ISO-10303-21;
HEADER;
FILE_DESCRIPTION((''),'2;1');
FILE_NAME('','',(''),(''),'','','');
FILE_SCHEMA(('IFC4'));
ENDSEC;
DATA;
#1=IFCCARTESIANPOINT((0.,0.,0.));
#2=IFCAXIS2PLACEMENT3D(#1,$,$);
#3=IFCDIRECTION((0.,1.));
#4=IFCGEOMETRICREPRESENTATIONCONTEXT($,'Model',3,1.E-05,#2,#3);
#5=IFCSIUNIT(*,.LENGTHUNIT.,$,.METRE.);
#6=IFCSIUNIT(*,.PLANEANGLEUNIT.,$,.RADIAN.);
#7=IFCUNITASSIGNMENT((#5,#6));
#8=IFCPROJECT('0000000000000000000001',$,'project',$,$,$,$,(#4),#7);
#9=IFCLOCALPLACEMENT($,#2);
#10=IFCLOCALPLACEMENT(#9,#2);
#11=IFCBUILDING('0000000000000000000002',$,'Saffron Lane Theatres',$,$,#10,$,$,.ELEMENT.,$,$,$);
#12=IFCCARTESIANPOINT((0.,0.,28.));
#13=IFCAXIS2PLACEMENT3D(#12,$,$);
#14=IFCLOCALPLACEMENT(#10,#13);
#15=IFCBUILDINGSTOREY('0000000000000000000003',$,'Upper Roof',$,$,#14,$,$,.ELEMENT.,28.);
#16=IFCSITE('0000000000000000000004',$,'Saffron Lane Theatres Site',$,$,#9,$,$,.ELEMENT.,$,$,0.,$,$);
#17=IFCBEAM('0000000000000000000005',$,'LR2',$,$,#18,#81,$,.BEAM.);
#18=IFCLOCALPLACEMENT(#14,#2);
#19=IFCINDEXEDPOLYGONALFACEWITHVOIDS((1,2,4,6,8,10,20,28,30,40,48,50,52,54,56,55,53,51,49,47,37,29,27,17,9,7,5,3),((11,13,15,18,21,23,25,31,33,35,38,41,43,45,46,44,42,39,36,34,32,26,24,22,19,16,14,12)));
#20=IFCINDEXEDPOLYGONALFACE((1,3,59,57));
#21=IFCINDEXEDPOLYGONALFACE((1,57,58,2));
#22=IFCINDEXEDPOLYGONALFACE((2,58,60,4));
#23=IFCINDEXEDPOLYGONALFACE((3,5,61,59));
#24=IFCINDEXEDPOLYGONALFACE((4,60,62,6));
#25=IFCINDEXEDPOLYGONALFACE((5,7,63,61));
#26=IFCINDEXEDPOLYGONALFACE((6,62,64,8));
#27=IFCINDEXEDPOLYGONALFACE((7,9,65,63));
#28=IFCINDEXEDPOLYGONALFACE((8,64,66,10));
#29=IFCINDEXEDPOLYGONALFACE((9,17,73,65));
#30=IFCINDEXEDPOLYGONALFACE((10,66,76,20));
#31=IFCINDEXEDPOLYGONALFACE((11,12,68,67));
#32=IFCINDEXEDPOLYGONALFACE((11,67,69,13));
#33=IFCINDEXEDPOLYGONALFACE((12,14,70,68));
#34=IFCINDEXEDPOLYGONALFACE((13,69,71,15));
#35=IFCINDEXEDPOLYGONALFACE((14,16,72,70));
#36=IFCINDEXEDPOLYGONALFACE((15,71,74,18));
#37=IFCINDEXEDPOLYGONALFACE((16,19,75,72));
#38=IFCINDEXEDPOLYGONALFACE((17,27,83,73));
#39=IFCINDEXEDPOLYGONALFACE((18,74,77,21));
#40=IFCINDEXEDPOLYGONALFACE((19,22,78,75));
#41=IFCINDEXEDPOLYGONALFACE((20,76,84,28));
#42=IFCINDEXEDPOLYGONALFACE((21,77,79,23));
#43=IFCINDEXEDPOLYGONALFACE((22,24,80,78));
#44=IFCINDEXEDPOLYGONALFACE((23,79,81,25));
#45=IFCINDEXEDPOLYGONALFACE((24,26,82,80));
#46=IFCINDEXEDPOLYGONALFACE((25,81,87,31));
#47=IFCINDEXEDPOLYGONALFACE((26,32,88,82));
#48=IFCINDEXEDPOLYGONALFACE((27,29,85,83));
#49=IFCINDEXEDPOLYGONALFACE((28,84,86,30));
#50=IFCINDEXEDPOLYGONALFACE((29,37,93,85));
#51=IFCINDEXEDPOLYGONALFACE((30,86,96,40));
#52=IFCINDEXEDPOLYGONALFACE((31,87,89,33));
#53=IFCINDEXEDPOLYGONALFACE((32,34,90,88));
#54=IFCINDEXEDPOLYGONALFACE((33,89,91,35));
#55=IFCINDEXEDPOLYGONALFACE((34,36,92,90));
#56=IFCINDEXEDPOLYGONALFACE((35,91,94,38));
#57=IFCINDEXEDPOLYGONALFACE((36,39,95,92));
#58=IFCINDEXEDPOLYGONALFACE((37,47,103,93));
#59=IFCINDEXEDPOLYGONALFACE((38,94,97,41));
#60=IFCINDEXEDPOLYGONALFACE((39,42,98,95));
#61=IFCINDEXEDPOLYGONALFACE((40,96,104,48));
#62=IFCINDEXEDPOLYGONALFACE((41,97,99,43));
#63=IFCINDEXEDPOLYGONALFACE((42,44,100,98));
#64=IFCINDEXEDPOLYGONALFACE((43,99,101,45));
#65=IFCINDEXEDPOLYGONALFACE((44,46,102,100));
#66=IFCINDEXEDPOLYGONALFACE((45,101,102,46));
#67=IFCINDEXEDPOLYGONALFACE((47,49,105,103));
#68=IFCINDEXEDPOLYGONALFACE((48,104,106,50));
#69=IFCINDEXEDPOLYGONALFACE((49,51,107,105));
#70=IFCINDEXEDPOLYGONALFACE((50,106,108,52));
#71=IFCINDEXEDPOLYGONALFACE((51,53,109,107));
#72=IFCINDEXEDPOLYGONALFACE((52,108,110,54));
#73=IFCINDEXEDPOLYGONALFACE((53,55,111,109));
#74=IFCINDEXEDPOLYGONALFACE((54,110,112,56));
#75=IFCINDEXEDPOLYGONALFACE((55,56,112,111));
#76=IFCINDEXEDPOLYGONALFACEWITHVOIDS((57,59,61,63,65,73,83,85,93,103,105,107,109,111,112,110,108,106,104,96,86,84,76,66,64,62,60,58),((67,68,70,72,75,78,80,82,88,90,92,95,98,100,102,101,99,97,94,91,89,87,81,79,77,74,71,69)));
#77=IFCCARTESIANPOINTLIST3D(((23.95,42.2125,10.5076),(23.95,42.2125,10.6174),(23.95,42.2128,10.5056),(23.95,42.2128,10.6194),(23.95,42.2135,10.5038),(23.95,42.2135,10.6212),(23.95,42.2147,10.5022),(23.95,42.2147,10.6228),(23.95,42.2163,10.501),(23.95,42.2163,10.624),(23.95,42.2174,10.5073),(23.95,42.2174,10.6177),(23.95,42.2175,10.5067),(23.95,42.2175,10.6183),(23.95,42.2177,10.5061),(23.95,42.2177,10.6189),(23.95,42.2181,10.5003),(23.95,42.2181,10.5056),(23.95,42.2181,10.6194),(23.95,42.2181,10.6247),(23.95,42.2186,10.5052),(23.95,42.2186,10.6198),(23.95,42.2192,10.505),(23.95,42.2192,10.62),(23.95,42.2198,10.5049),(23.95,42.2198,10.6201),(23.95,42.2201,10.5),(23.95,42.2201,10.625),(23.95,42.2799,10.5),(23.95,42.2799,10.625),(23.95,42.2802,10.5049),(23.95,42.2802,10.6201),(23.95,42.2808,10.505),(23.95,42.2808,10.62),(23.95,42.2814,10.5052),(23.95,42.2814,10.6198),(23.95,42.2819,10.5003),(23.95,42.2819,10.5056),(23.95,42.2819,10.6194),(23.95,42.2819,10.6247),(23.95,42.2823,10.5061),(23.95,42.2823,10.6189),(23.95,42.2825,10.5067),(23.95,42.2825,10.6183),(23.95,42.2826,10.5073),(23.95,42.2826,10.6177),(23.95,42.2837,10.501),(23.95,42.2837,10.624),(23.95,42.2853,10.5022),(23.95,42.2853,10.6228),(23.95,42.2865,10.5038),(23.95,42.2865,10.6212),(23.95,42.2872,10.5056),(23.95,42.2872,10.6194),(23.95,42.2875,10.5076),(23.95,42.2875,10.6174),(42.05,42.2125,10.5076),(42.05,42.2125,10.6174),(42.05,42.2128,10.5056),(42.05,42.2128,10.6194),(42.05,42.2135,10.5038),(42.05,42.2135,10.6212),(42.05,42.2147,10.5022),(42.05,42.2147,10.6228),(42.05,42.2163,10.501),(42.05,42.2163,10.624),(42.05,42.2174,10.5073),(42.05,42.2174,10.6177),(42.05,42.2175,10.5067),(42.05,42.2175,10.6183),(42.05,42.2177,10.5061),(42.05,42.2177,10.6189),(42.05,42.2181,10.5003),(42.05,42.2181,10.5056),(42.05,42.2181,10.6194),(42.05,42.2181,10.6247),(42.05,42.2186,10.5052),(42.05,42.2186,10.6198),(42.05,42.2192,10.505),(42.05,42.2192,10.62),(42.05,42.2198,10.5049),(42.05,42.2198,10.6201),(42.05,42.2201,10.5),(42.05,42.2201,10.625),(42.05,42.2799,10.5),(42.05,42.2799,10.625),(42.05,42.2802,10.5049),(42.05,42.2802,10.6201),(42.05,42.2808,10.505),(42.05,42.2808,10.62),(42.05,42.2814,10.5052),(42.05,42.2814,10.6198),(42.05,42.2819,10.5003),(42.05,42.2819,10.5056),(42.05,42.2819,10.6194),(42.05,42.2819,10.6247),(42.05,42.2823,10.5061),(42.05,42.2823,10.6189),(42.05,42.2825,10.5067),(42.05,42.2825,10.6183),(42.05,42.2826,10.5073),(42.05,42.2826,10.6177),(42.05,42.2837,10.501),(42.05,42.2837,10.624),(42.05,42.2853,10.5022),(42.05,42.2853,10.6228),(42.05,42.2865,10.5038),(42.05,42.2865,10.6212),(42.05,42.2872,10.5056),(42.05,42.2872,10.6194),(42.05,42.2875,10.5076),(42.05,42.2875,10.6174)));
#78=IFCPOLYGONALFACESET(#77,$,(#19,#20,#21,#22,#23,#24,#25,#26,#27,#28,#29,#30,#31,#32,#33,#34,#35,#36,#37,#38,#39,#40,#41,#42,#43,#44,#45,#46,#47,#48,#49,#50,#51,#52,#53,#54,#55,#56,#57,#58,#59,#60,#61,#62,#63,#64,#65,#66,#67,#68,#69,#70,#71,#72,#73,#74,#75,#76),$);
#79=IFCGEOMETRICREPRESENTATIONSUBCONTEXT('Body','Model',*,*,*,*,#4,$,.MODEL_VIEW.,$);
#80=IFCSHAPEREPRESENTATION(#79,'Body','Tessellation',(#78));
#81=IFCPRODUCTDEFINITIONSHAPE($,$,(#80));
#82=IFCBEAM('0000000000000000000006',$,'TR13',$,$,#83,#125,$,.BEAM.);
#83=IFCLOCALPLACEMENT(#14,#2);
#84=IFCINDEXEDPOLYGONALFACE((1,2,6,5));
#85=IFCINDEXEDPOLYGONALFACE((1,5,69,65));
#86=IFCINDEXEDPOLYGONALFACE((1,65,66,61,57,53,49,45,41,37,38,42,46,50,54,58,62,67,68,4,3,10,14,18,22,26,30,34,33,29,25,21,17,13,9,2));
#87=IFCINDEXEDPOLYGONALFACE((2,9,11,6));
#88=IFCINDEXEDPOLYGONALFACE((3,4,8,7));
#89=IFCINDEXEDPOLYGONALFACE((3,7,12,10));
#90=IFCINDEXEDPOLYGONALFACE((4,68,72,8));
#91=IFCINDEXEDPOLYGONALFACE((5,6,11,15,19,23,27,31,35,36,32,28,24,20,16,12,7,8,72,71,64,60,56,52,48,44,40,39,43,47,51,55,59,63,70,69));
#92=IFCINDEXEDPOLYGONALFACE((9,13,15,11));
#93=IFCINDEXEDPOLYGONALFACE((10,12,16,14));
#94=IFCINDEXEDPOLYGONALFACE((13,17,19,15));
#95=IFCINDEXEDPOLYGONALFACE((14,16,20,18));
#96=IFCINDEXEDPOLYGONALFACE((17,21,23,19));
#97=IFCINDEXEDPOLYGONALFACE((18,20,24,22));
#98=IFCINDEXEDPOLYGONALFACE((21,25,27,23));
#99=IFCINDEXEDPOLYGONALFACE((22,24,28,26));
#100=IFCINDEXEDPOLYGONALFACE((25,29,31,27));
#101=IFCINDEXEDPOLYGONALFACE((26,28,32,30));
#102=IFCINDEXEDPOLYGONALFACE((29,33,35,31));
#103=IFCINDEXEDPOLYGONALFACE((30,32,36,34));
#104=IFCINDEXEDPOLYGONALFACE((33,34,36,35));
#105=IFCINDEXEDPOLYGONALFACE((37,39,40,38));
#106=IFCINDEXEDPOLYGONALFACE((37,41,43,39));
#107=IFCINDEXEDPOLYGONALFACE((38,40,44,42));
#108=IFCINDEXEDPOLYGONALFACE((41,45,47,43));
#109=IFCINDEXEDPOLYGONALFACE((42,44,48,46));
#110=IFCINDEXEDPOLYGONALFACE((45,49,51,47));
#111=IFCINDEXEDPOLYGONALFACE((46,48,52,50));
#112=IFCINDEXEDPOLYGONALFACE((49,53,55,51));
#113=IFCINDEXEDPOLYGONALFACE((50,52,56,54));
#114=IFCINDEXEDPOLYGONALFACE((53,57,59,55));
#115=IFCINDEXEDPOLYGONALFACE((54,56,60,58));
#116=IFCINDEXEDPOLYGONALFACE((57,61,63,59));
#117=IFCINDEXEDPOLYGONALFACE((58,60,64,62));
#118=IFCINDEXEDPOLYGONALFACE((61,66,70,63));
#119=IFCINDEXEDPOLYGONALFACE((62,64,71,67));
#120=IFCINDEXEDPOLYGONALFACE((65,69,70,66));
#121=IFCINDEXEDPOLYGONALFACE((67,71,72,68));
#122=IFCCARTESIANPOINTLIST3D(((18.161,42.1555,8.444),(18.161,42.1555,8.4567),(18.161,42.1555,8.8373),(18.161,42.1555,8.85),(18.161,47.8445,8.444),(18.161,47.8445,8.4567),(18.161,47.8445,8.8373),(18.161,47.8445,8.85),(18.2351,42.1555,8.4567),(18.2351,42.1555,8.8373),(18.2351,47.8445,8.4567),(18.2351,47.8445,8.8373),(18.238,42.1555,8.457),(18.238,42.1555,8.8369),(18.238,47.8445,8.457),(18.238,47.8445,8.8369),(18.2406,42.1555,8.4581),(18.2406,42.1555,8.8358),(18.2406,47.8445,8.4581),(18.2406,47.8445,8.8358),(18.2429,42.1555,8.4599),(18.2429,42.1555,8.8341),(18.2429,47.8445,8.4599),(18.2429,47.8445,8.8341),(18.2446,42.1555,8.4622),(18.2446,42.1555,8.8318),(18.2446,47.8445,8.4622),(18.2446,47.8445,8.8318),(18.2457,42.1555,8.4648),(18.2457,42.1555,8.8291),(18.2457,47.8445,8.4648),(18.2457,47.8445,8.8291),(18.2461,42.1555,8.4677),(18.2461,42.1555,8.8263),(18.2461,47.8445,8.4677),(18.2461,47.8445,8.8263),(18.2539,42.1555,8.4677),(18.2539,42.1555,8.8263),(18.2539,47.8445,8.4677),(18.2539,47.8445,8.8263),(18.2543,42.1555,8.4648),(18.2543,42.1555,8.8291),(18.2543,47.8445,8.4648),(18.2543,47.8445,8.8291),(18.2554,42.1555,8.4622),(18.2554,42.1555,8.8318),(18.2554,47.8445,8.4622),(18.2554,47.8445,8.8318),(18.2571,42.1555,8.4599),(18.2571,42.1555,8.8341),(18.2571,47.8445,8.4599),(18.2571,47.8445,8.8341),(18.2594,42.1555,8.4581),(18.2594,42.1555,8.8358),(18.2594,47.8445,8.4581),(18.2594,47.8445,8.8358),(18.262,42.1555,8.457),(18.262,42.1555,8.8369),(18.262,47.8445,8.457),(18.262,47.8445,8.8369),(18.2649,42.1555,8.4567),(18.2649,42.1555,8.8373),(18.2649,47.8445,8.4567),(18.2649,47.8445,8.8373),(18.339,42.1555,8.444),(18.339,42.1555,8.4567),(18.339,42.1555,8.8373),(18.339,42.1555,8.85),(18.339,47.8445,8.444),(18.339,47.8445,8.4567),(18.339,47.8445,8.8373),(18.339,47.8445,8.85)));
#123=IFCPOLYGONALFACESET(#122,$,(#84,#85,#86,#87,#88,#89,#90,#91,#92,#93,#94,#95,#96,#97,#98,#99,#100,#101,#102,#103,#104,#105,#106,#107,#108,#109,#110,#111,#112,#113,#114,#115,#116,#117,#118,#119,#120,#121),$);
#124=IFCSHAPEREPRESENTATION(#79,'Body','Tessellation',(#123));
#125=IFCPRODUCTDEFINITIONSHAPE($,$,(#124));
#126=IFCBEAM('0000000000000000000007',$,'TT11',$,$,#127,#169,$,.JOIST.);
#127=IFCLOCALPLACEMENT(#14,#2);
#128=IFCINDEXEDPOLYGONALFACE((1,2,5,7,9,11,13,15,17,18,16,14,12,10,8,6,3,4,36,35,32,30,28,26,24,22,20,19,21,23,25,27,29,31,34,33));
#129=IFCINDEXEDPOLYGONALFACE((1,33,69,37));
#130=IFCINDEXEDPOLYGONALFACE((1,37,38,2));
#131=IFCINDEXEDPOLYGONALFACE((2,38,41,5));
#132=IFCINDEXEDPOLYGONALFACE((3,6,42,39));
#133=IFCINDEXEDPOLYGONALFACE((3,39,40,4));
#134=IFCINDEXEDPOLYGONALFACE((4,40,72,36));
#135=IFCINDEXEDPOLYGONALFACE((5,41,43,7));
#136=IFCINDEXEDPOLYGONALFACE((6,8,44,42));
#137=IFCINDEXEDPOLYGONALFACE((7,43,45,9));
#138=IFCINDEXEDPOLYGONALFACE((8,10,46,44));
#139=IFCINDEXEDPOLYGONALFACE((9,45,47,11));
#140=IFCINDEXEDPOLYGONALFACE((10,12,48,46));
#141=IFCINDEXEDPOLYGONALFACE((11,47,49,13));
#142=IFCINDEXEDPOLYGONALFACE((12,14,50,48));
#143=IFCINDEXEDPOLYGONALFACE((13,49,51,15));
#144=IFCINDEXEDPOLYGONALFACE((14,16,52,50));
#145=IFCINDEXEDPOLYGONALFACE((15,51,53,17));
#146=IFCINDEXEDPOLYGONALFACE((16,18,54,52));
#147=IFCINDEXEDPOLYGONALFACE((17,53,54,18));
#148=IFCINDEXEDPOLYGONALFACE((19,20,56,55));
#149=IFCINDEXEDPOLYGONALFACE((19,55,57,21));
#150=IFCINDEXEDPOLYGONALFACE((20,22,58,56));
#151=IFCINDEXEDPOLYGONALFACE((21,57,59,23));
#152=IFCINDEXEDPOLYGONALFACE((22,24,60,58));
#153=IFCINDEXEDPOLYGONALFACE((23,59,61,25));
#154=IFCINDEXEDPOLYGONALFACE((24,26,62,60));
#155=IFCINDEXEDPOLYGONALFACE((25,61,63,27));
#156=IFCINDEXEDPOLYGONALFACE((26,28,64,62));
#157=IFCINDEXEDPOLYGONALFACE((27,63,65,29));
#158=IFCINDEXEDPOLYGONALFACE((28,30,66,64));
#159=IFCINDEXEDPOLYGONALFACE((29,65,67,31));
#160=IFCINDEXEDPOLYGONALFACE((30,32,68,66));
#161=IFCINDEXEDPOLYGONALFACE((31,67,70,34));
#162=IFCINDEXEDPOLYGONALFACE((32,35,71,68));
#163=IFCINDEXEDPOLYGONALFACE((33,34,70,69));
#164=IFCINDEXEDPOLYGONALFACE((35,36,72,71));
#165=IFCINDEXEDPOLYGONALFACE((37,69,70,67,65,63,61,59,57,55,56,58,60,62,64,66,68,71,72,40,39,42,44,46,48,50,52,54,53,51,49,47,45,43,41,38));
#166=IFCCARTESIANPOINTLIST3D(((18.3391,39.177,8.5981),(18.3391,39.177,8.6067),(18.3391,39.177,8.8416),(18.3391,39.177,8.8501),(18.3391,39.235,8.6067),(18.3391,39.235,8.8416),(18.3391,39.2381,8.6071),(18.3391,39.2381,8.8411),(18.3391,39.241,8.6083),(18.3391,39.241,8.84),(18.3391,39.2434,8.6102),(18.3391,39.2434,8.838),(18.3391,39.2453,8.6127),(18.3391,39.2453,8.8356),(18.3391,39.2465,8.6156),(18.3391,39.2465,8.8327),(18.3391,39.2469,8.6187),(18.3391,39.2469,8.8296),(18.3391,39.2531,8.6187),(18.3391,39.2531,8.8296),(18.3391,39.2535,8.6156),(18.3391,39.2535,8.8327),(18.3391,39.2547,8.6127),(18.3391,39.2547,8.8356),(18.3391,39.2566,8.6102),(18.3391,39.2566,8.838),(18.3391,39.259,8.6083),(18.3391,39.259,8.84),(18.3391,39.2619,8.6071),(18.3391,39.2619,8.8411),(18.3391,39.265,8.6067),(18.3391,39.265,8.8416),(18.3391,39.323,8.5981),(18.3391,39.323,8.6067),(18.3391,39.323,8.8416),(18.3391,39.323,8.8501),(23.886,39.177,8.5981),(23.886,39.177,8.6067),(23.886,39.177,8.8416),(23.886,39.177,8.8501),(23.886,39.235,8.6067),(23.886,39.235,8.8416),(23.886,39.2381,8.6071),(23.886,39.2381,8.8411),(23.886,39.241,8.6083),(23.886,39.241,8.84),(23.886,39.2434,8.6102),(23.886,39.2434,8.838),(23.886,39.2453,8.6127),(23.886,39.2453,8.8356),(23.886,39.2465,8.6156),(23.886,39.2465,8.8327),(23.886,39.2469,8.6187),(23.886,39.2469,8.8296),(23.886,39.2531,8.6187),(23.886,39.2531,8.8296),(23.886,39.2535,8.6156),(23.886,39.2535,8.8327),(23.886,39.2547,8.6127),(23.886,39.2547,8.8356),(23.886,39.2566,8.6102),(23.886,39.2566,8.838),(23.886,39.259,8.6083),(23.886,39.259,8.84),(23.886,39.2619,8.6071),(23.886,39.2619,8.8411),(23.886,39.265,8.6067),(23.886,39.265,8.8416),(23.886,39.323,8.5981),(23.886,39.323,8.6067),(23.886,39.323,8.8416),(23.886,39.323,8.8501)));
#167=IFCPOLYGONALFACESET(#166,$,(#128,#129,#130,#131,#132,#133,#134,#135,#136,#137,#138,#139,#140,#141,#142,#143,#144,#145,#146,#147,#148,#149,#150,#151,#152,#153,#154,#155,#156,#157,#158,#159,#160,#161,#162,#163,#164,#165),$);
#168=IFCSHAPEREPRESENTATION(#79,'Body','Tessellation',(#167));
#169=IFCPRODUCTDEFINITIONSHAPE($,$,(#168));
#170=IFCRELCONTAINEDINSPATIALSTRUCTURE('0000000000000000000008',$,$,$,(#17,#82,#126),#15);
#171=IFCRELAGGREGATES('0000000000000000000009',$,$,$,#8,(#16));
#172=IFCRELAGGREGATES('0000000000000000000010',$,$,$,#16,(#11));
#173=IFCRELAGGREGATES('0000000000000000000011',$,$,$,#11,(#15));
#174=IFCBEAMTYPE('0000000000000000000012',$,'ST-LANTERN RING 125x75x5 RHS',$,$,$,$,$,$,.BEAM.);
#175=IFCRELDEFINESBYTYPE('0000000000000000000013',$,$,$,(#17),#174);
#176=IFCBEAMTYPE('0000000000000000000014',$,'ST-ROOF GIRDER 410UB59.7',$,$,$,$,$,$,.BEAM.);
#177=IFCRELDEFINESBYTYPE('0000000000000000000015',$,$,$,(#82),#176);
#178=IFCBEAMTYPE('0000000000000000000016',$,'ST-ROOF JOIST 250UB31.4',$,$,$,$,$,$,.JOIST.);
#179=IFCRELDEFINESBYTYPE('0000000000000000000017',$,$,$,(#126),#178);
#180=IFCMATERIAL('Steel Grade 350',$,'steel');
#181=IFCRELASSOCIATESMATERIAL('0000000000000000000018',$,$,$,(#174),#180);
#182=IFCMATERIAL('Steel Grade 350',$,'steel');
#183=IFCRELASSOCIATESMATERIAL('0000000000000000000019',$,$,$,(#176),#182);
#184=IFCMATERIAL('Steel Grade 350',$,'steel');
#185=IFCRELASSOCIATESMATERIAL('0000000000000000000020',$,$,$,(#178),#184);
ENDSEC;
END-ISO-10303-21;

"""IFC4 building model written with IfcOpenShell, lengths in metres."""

from ifc_helpers import new_model, si_unit, direction, frame, origin, origin_2d, place, context, subcontext, project, spatial, hollow_rectangle, i_section, extrude, material, material_profile, profile_set, type_object, element, save


model = new_model("IFC4")

# Units and contexts
model_context = context("Model", 3, precision=1e-05, world=origin(), true_north=direction((0.0, 1.0)))
body_context = subcontext(model_context, "Body", "Model", "MODEL_VIEW")
ifc_project = project(units=[si_unit("LENGTHUNIT", "METRE"), si_unit("PLANEANGLEUNIT", "RADIAN")], contexts=[model_context])

# Site, building, storey
site_placement = place(None, origin())
site = spatial("IfcSite", under=ifc_project, at=site_placement, Name="Saffron Lane Theatres Site", CompositionType="ELEMENT", RefElevation=0.0)
building_placement = place(site_placement, origin())
building = spatial("IfcBuilding", under=site, at=building_placement, Name="Saffron Lane Theatres", CompositionType="ELEMENT")
storey_placement = place(building_placement, frame((0.0, 0.0, 28.0)))
storey = spatial("IfcBuildingStorey", under=building, at=storey_placement, Name="Upper Roof", CompositionType="ELEMENT", Elevation=28.0)

# Beams
ifc_material_1 = material(Name="Steel Grade 350", Category="steel")
ifc_material_profile_1 = material_profile(ifc_material_1, hollow_rectangle(XDim=0.075, YDim=0.125, WallThickness=0.0049, InnerFilletRadius=0.0024, OuterFilletRadius=0.0076, at=origin_2d()))
ifc_profile_set_1 = profile_set([ifc_material_profile_1], Name="Steel Grade 350")
beam_type_1 = type_object("IfcBeamType", Name="ST-LANTERN RING 125x75x5 RHS", PredefinedType="BEAM", material=ifc_profile_set_1)
for number, where, z_axis, x_axis, name in (
    (1, (23.95, 42.25, 10.5625), (1.0, 0.0, 0.0), (0.0, 1.0, 0.0), "LR2"),
):
    element("IfcBeam", number, at=place(storey_placement, frame(where, z_axis=z_axis, x_axis=x_axis)), inside=storey, type_object=beam_type_1, Name=name, PredefinedType="BEAM", context=body_context, shape_type="SweptSolid", body=[
        extrude(hollow_rectangle(XDim=0.075, YDim=0.125, WallThickness=0.0049, InnerFilletRadius=0.0024, OuterFilletRadius=0.0076, at=origin_2d()), origin(), (0.0, 0.0, 1.0), 18.1001),
    ])
ifc_material_2 = material(Name="Steel Grade 350", Category="steel")
ifc_material_profile_2 = material_profile(ifc_material_2, i_section(OverallWidth=0.178, OverallDepth=0.406, WebThickness=0.0078, FlangeThickness=0.0127, FilletRadius=0.011, at=origin_2d()))
ifc_profile_set_2 = profile_set([ifc_material_profile_2], Name="Steel Grade 350")
beam_type_2 = type_object("IfcBeamType", Name="ST-ROOF GIRDER 410UB59.7", PredefinedType="BEAM", material=ifc_profile_set_2)
beam_1_placement = place(storey_placement, frame((18.25, 42.1555, 8.647), z_axis=(0.0, 1.0, 0.0), x_axis=(-1.0, 0.0, 0.0)))
element("IfcBeam", 2, at=beam_1_placement, inside=storey, type_object=beam_type_2, Name="TR13", PredefinedType="BEAM", context=body_context, shape_type="SweptSolid", body=[
    extrude(i_section(OverallWidth=0.178, OverallDepth=0.406, WebThickness=0.0078, FlangeThickness=0.0127, FilletRadius=0.011, at=origin_2d()), origin(), (0.0, 0.0, 1.0), 5.689),
])
ifc_material_3 = material(Name="Steel Grade 350", Category="steel")
ifc_material_profile_3 = material_profile(ifc_material_3, i_section(OverallWidth=0.146, OverallDepth=0.252, WebThickness=0.0061, FlangeThickness=0.0085, FilletRadius=0.012, at=origin_2d()))
ifc_profile_set_3 = profile_set([ifc_material_profile_3], Name="Steel Grade 350")
beam_type_3 = type_object("IfcBeamType", Name="ST-ROOF JOIST 250UB31.4", PredefinedType="JOIST", material=ifc_profile_set_3)
for number, where, z_axis, x_axis, name in (
    (3, (18.3391, 39.25, 8.7241), (1.0, 0.0, 0.0), (0.0, 1.0, 0.0), "TT11"),
):
    element("IfcBeam", number, at=place(storey_placement, frame(where, z_axis=z_axis, x_axis=x_axis)), inside=storey, type_object=beam_type_3, Name=name, PredefinedType="JOIST", context=body_context, shape_type="SweptSolid", body=[
        extrude(i_section(OverallWidth=0.146, OverallDepth=0.252, WebThickness=0.0061, FlangeThickness=0.0085, FilletRadius=0.012, at=origin_2d()), origin(), (0.0, 0.0, 1.0), 5.5469),
    ])

save(model, "model.ifc")
